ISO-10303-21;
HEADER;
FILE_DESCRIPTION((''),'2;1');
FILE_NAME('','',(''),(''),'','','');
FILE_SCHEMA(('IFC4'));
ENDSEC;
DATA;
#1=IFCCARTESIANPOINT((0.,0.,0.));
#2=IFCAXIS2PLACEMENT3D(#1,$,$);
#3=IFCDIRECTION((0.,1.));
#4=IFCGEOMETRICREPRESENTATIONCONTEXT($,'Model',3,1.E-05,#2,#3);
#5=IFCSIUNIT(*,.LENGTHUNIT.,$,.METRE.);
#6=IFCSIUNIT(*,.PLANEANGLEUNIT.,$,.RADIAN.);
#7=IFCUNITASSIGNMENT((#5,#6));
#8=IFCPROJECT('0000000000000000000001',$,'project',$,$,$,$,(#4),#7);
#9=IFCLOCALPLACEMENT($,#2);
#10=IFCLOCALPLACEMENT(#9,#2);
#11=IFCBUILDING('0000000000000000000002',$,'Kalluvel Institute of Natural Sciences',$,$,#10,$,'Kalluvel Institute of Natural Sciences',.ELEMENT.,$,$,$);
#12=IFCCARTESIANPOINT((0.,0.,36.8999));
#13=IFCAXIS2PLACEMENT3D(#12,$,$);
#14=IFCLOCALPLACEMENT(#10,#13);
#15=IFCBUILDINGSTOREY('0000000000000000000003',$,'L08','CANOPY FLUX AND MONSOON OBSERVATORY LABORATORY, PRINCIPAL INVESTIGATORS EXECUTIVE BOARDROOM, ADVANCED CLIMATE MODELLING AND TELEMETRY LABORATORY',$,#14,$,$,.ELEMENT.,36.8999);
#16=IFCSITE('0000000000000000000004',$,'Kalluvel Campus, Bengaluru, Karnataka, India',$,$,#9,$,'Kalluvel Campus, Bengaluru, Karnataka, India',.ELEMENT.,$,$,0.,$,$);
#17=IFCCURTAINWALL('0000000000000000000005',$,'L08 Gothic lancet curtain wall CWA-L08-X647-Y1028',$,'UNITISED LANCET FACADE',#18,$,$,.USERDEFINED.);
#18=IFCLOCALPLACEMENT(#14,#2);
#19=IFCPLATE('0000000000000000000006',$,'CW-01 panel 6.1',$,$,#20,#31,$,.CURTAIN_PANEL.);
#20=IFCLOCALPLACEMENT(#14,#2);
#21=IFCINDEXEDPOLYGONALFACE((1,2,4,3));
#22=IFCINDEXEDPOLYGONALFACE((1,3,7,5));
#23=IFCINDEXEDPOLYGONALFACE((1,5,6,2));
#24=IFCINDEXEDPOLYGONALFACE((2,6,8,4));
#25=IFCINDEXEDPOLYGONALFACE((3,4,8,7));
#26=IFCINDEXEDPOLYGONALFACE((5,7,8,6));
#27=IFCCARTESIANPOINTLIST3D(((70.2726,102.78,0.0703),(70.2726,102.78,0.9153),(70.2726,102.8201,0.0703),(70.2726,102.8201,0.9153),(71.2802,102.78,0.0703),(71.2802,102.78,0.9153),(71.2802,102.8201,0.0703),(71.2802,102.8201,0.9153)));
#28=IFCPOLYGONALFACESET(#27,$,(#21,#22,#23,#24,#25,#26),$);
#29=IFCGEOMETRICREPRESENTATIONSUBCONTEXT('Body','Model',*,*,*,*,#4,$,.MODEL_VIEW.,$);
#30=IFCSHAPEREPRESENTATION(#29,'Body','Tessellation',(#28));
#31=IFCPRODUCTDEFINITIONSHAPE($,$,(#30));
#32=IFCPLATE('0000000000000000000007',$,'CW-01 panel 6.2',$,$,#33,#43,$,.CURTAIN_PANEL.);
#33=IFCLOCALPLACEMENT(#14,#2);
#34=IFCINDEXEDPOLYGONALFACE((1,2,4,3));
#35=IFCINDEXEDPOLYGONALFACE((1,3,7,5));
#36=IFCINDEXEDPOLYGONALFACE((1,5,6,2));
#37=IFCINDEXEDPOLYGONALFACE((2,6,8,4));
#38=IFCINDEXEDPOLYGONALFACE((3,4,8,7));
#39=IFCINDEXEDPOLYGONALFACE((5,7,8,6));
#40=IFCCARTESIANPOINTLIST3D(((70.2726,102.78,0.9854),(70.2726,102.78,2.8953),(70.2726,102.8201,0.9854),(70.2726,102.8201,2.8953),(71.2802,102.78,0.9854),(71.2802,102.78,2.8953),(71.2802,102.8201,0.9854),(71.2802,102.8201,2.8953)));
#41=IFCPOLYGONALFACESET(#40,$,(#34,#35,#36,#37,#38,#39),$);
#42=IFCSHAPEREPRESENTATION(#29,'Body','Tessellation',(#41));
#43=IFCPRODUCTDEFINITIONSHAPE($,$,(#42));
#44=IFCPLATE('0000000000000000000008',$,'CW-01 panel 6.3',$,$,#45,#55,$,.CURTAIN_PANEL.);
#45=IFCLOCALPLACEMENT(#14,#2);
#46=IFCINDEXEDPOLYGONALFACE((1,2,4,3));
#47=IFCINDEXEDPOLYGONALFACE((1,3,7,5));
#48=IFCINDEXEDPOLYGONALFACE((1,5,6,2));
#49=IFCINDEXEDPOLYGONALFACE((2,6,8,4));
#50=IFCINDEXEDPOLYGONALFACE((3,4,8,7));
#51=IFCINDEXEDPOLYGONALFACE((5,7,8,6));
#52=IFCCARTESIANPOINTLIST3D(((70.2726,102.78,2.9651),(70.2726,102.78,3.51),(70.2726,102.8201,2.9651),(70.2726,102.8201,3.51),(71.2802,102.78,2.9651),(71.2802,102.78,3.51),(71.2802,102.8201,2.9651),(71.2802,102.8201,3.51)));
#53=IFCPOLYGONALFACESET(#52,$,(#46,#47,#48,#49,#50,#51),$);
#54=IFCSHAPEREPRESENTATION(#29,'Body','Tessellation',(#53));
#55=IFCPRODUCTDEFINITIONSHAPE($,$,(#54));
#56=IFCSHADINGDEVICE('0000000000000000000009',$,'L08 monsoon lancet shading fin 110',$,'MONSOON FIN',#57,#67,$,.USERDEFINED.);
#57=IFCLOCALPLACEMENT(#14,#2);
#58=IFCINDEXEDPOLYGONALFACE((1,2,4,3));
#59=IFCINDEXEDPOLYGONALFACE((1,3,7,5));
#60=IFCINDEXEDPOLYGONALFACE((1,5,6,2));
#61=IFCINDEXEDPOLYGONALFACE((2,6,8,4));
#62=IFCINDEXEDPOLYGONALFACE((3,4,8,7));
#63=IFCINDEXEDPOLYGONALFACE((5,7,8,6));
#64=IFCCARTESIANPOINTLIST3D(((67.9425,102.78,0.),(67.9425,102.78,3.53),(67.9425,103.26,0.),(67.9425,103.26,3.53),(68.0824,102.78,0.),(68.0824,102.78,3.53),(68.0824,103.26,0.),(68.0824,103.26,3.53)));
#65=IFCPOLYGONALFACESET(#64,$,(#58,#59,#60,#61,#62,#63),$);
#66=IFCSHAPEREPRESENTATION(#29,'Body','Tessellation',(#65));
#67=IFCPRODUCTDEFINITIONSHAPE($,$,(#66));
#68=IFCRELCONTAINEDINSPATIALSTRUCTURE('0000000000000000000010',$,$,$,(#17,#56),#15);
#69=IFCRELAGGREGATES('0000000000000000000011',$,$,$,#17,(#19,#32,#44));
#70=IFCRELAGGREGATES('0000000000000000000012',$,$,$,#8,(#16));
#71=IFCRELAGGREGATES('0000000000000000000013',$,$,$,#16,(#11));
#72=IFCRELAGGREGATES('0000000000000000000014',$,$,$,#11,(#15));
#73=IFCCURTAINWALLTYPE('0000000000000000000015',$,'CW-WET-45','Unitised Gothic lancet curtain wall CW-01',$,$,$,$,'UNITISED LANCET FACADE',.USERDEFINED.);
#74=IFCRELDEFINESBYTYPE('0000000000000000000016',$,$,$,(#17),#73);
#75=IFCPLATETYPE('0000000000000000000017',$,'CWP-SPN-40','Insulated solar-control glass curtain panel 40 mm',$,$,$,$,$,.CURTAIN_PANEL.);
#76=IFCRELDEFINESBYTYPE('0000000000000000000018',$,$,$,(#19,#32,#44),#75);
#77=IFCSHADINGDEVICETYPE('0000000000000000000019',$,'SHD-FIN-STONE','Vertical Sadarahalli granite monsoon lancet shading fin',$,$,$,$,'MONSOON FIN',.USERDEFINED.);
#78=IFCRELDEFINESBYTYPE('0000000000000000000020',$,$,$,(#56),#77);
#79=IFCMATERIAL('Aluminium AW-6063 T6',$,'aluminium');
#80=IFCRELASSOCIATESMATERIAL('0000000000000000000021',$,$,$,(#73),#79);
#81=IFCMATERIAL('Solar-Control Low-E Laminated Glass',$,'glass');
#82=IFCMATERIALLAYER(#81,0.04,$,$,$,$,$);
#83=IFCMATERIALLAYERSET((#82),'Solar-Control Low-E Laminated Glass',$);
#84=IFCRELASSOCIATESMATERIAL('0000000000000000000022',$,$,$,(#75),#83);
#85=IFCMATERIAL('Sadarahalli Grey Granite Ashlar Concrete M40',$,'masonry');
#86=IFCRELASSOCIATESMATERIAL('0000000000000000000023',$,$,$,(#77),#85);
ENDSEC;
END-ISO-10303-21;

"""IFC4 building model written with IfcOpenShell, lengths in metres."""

from ifc_helpers import new_model, si_unit, direction, frame, origin, origin_2d, place, context, subcontext, project, spatial, rectangle, extrude, material, layer, layer_set, type_object, element, aggregate, save


model = new_model("IFC4")

# Units and contexts
model_context = context("Model", 3, precision=1e-05, world=origin(), true_north=direction((0.0, 1.0)))
body_context = subcontext(model_context, "Body", "Model", "MODEL_VIEW")
ifc_project = project(units=[si_unit("LENGTHUNIT", "METRE"), si_unit("PLANEANGLEUNIT", "RADIAN")], contexts=[model_context])

# Site, building, storey
site_placement = place(None, origin())
site = spatial("IfcSite", under=ifc_project, at=site_placement, Name="Kalluvel Campus, Bengaluru, Karnataka, India", LongName="Kalluvel Campus, Bengaluru, Karnataka, India", CompositionType="ELEMENT", RefElevation=0.0)
building_placement = place(site_placement, origin())
building = spatial("IfcBuilding", under=site, at=building_placement, Name="Kalluvel Institute of Natural Sciences", LongName="Kalluvel Institute of Natural Sciences", CompositionType="ELEMENT")
storey_placement = place(building_placement, frame((0.0, 0.0, 36.8999)))
storey = spatial("IfcBuildingStorey", under=building, at=storey_placement, Name="L08", Description="CANOPY FLUX AND MONSOON OBSERVATORY LABORATORY, PRINCIPAL INVESTIGATORS EXECUTIVE BOARDROOM, ADVANCED CLIMATE MODELLING AND TELEMETRY LABORATORY", CompositionType="ELEMENT", Elevation=36.8999)

# Curtain wall, plates
ifc_material_1 = material(Name="Aluminium AW-6063 T6", Category="aluminium")
curtain_wall_type = type_object("IfcCurtainWallType", Name="CW-WET-45", Description="Unitised Gothic lancet curtain wall CW-01", ElementType="UNITISED LANCET FACADE", PredefinedType="USERDEFINED", material=ifc_material_1)
curtain_wall_placement = place(storey_placement, origin())
curtain_wall = element("IfcCurtainWall", 1, at=curtain_wall_placement, inside=storey, type_object=curtain_wall_type, Name="L08 Gothic lancet curtain wall CWA-L08-X647-Y1028", ObjectType="UNITISED LANCET FACADE", PredefinedType="USERDEFINED")
ifc_material_2 = material(Name="Solar-Control Low-E Laminated Glass", Category="glass")
ifc_layer = layer(ifc_material_2, 0.04)
ifc_layer_set = layer_set([ifc_layer], Name="Solar-Control Low-E Laminated Glass")
plate_type = type_object("IfcPlateType", Name="CWP-SPN-40", Description="Insulated solar-control glass curtain panel 40 mm", PredefinedType="CURTAIN_PANEL", material=ifc_layer_set)
plate_1_placement = place(storey_placement, frame((70.7764, 102.8, 0.0703), z_axis=(0.0, 0.0, 1.0), x_axis=(1.0, 0.0, 0.0)))
plate_1 = element("IfcPlate", 2, at=plate_1_placement, type_object=plate_type, Name="CW-01 panel 6.1", PredefinedType="CURTAIN_PANEL", context=body_context, shape_type="SweptSolid", body=[
    extrude(rectangle(XDim=1.0076, YDim=0.04, at=origin_2d()), origin(), (0.0, 0.0, 1.0), 0.845),
])
plate_2_placement = place(storey_placement, frame((70.7764, 102.8, 0.9854), z_axis=(0.0, 0.0, 1.0), x_axis=(1.0, 0.0, 0.0)))
plate_2 = element("IfcPlate", 3, at=plate_2_placement, type_object=plate_type, Name="CW-01 panel 6.2", PredefinedType="CURTAIN_PANEL", context=body_context, shape_type="SweptSolid", body=[
    extrude(rectangle(XDim=1.0076, YDim=0.04, at=origin_2d()), origin(), (0.0, 0.0, 1.0), 1.9099),
])
plate_3_placement = place(storey_placement, frame((70.7764, 102.8, 2.9651), z_axis=(0.0, 0.0, 1.0), x_axis=(1.0, 0.0, 0.0)))
plate_3 = element("IfcPlate", 4, at=plate_3_placement, type_object=plate_type, Name="CW-01 panel 6.3", PredefinedType="CURTAIN_PANEL", context=body_context, shape_type="SweptSolid", body=[
    extrude(rectangle(XDim=1.0076, YDim=0.04, at=origin_2d()), origin(), (0.0, 0.0, 1.0), 0.5449),
])
aggregate(curtain_wall, [plate_1, plate_2, plate_3])

# Shading device
ifc_material_3 = material(Name="Sadarahalli Grey Granite Ashlar Concrete M40", Category="masonry")
shading_device_type = type_object("IfcShadingDeviceType", Name="SHD-FIN-STONE", Description="Vertical Sadarahalli granite monsoon lancet shading fin", ElementType="MONSOON FIN", PredefinedType="USERDEFINED", material=ifc_material_3)
shading_device_placement = place(storey_placement, frame((68.0125, 103.02, 0.0), z_axis=(0.0, 0.0, 1.0), x_axis=(1.0, 0.0, 0.0)))
element("IfcShadingDevice", 5, at=shading_device_placement, inside=storey, type_object=shading_device_type, Name="L08 monsoon lancet shading fin 110", ObjectType="MONSOON FIN", PredefinedType="USERDEFINED", context=body_context, shape_type="SweptSolid", body=[
    extrude(rectangle(XDim=0.1399, YDim=0.48, at=origin_2d()), origin(), (0.0, 0.0, 1.0), 3.53),
])

save(model, "model.ifc")
